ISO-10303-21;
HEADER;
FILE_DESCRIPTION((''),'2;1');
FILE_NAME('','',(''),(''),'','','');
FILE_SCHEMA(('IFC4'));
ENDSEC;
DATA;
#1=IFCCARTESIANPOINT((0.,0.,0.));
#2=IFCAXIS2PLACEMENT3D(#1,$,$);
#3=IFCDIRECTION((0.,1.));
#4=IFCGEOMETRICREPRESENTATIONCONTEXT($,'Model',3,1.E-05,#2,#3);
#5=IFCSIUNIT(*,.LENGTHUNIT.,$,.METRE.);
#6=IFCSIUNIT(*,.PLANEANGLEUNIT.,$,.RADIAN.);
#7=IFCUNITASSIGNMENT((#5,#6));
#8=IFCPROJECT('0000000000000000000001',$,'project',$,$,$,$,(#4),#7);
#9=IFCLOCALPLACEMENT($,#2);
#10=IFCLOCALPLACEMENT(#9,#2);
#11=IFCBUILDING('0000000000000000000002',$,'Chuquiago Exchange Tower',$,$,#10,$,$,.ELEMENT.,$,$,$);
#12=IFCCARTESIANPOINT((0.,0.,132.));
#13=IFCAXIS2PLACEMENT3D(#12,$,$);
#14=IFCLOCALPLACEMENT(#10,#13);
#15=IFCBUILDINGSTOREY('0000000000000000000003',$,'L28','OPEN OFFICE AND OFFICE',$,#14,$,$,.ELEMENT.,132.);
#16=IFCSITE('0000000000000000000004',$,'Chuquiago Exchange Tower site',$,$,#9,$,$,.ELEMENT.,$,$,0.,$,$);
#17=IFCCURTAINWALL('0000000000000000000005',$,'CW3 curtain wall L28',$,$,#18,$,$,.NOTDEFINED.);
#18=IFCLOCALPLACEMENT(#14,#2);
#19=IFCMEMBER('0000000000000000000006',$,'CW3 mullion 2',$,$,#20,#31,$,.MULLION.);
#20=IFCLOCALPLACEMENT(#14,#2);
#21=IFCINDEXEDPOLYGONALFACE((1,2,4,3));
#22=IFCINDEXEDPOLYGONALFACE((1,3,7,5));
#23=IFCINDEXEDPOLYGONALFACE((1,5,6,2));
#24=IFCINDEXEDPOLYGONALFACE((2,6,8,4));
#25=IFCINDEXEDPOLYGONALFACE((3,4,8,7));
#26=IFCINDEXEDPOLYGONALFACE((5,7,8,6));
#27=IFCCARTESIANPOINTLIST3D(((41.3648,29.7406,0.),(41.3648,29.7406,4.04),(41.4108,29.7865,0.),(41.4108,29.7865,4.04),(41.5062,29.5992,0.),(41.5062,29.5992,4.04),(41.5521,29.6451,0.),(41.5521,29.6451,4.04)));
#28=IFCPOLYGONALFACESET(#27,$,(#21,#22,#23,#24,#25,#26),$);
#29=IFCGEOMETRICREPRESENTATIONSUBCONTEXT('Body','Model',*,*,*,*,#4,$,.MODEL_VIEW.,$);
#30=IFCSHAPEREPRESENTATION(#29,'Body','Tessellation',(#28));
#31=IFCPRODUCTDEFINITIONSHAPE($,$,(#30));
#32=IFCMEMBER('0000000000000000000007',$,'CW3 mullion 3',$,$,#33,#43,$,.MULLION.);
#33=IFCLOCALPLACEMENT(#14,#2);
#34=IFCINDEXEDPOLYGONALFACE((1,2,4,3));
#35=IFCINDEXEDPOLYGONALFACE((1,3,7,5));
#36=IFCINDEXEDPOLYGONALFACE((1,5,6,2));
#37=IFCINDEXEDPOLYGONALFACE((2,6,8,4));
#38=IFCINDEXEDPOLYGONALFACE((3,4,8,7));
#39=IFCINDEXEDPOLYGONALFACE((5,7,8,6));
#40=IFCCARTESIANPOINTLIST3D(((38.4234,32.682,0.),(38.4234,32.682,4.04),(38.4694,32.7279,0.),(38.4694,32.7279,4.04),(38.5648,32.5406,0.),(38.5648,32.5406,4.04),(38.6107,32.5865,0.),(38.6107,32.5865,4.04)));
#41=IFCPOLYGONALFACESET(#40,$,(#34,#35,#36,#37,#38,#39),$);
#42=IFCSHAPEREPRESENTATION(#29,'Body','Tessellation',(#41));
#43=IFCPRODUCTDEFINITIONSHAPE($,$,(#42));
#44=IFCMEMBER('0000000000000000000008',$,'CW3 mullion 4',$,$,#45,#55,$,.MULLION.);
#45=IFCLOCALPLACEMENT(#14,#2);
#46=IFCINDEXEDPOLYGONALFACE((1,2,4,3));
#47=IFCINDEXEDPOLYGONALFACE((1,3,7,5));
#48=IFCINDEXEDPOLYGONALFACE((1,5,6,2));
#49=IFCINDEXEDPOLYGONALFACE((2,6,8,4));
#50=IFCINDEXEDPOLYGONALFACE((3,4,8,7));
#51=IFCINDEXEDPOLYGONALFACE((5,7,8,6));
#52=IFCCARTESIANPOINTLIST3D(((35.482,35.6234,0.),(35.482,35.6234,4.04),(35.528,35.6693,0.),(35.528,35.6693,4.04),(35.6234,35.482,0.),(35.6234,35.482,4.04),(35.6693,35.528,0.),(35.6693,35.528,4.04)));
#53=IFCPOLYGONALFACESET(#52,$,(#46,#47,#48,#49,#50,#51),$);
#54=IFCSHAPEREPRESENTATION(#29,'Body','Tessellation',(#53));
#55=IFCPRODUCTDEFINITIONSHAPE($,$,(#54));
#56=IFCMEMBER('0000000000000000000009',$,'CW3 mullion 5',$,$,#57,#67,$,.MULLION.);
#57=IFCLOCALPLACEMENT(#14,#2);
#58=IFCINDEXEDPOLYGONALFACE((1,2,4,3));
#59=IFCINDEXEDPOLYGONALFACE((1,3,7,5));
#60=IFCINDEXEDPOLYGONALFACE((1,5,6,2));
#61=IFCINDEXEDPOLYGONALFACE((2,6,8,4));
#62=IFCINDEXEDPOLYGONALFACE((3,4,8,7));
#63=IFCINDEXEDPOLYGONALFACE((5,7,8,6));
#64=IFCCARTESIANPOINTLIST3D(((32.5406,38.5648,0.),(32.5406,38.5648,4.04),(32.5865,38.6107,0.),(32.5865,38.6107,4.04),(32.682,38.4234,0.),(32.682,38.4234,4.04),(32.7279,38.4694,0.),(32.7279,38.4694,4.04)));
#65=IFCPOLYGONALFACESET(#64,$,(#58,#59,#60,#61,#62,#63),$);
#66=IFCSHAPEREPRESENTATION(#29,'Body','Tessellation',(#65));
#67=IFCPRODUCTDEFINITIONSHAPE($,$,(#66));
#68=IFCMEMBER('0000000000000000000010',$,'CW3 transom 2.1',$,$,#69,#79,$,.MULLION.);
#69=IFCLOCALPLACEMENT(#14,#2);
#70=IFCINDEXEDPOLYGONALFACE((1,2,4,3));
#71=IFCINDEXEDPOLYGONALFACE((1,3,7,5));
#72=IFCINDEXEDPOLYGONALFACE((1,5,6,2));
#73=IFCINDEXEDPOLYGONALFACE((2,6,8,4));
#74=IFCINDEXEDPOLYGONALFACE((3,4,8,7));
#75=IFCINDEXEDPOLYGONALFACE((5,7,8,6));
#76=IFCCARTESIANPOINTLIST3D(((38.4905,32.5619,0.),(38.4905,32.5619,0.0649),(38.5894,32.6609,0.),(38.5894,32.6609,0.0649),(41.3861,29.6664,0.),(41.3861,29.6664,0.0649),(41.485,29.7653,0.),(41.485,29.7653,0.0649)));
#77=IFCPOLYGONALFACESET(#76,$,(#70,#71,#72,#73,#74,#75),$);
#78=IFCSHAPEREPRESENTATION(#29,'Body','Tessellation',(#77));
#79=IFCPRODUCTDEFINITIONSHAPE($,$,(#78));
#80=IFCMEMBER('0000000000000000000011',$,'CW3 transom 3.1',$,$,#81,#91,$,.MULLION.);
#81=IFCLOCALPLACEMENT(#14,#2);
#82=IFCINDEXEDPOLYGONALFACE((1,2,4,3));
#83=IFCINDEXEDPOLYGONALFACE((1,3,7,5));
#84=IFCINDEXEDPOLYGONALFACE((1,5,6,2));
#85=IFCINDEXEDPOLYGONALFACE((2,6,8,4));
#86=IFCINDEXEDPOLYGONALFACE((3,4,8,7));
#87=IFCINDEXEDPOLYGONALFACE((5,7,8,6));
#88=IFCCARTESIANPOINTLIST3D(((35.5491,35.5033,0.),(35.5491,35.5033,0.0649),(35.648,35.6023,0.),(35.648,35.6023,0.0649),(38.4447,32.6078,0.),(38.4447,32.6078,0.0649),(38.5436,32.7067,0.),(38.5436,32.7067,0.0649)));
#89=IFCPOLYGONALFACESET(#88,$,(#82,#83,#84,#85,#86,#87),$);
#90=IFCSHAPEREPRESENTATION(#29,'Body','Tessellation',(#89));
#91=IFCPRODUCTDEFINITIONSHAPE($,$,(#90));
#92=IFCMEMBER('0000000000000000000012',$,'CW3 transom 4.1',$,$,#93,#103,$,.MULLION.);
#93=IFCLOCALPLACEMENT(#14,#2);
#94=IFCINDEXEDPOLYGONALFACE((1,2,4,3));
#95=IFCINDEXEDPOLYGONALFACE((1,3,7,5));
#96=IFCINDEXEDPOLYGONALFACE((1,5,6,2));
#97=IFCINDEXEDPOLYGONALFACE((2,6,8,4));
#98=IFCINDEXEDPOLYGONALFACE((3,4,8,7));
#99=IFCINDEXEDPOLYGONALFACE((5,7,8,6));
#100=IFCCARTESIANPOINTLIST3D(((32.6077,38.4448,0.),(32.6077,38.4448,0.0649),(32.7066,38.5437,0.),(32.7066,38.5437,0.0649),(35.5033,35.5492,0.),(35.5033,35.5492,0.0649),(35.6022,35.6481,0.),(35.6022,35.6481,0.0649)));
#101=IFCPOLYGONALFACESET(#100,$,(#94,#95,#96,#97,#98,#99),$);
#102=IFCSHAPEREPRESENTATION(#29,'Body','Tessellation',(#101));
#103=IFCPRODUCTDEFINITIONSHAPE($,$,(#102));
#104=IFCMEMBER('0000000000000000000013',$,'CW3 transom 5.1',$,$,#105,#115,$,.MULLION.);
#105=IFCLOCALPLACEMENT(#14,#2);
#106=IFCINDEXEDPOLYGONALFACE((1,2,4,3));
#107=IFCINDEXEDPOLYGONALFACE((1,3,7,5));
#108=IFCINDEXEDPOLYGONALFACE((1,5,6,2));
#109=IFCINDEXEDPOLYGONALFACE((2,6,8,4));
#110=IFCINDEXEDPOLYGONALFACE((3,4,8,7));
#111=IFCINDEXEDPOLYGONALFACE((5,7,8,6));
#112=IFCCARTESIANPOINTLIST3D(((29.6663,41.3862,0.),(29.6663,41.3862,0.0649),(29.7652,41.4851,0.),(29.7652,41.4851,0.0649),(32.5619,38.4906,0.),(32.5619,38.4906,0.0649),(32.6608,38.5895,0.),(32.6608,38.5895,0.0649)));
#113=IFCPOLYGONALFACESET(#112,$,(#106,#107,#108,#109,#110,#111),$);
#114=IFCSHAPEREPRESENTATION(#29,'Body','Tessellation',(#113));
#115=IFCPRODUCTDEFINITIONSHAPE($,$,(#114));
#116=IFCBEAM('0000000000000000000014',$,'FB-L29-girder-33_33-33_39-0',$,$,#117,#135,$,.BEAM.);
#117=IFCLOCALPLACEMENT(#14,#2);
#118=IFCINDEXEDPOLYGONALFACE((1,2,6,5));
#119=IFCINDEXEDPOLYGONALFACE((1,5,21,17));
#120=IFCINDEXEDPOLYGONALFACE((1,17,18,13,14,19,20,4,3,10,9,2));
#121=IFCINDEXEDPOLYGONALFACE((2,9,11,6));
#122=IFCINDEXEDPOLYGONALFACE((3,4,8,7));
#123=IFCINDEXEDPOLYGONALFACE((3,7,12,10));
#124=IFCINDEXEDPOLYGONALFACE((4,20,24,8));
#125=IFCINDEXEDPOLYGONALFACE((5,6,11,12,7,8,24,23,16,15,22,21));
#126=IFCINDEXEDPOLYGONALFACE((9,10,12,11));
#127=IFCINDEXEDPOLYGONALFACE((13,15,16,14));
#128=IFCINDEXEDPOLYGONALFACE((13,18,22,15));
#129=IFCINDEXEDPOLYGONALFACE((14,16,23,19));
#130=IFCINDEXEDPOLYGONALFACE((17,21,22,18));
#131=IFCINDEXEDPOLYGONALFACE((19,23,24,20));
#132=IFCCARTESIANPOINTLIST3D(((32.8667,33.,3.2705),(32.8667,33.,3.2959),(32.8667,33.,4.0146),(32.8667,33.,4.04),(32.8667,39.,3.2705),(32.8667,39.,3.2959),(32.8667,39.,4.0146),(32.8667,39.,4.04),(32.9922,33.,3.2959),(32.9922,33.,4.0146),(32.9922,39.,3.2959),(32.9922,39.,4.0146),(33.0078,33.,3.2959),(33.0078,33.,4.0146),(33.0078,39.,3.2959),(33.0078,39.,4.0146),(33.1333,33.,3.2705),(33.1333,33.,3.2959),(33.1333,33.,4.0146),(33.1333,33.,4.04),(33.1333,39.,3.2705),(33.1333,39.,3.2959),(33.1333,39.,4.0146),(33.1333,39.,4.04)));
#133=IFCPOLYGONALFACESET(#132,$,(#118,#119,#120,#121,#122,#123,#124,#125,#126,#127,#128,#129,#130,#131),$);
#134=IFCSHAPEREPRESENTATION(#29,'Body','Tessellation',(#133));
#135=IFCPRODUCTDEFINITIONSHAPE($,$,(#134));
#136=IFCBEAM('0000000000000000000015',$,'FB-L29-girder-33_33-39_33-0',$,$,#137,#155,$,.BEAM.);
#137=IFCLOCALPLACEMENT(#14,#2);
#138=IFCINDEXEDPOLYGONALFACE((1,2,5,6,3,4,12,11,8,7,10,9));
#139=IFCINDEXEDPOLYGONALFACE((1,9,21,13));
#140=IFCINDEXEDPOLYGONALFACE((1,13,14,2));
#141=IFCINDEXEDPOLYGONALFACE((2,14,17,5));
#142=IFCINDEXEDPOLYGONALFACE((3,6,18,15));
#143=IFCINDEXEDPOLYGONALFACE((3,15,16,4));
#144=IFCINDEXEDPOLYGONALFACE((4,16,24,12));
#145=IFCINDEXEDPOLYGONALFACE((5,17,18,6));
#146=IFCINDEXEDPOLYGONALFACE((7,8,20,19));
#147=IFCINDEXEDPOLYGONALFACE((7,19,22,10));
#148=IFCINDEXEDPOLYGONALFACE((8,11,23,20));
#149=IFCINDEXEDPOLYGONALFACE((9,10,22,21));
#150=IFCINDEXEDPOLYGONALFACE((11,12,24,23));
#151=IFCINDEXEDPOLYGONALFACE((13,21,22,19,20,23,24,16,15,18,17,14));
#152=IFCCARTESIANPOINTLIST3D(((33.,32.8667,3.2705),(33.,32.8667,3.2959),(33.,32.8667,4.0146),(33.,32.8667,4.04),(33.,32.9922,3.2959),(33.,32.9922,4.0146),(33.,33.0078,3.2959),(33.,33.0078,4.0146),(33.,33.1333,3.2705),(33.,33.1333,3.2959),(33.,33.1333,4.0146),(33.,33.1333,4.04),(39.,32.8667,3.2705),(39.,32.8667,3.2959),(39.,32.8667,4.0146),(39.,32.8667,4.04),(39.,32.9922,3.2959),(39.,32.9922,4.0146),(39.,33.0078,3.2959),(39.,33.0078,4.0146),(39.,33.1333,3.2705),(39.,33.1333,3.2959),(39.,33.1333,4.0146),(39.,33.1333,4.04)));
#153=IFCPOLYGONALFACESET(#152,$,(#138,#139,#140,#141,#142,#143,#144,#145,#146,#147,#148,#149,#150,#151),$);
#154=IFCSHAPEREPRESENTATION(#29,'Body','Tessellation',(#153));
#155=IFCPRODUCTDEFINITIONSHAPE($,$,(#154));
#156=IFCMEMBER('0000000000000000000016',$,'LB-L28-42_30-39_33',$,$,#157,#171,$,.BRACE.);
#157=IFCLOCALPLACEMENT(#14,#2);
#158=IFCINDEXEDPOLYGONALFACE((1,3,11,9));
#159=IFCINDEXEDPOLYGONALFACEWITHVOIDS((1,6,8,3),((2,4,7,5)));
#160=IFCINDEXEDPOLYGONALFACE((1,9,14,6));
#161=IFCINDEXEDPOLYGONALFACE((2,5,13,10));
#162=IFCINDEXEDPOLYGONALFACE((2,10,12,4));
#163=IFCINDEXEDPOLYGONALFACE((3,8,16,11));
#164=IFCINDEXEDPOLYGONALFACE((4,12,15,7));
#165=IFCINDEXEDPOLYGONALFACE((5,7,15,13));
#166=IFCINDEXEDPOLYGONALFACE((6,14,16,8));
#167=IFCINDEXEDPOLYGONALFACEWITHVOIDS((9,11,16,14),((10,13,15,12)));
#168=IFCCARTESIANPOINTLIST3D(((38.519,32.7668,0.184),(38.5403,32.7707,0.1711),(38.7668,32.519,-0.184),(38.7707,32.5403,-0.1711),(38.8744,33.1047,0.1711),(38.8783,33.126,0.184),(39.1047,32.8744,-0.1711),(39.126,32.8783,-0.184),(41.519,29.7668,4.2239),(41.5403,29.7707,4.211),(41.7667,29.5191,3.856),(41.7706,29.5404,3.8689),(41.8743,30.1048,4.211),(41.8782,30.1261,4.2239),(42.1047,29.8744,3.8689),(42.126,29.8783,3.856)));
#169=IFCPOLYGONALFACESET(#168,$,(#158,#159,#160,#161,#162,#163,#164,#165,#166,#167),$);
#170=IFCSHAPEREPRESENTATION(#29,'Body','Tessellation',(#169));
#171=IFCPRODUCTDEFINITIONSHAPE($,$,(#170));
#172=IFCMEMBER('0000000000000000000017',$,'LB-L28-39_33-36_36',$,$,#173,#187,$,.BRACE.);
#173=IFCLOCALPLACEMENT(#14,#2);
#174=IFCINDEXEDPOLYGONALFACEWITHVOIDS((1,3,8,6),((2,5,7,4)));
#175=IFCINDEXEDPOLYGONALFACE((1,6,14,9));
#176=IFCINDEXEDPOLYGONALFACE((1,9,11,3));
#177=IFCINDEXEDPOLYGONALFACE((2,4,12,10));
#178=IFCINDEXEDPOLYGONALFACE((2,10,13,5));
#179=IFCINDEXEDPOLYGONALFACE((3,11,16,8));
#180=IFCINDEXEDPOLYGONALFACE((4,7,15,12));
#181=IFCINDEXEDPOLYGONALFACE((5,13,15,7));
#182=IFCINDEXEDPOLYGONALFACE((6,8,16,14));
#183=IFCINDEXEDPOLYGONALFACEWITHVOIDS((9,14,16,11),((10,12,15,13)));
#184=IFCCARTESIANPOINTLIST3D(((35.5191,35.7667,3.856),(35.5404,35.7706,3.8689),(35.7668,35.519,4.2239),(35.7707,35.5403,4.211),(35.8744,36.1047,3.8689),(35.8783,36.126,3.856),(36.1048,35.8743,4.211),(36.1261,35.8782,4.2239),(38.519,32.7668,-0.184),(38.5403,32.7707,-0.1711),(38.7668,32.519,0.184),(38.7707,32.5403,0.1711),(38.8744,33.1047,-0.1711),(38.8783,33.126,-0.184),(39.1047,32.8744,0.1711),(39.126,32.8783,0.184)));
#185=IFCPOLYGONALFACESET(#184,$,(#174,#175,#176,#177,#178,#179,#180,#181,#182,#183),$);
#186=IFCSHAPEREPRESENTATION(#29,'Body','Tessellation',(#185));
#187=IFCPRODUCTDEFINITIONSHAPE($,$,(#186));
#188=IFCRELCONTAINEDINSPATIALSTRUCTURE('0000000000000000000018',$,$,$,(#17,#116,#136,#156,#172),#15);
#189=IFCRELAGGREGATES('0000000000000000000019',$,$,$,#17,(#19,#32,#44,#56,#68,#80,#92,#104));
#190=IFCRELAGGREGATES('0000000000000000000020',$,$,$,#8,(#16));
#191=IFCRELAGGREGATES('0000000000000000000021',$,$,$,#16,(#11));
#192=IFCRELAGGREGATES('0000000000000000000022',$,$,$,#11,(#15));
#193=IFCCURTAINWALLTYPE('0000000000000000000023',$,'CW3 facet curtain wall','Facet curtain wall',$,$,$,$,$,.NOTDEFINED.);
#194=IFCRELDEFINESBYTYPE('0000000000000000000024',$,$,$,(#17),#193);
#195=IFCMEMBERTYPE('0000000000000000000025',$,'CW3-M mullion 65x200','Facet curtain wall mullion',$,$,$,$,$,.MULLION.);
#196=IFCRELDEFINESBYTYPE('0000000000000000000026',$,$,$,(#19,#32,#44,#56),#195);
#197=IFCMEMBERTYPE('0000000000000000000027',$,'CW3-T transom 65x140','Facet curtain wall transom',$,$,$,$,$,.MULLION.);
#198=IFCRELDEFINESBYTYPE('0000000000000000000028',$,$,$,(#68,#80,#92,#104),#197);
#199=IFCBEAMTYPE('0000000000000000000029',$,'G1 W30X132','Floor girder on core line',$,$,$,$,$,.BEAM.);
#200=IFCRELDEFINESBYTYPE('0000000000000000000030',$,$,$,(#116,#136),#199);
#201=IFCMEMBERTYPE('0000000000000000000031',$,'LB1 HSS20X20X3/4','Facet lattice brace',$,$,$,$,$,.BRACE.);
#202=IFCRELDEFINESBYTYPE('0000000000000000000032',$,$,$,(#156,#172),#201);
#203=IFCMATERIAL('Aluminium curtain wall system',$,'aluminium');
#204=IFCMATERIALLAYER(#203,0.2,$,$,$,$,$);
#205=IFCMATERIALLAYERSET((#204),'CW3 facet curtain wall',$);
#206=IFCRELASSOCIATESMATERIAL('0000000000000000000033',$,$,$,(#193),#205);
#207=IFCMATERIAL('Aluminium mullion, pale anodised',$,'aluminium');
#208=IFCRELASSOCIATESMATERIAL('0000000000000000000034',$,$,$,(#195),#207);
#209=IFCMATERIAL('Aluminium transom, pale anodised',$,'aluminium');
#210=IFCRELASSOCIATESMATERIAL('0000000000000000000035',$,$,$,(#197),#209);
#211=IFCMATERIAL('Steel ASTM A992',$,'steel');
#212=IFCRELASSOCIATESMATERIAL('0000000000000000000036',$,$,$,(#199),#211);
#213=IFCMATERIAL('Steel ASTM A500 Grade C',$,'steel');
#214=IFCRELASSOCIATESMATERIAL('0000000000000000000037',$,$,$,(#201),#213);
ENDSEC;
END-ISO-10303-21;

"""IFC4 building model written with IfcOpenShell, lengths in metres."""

from ifc_helpers import new_model, si_unit, direction, frame, origin, origin_2d, place, context, subcontext, project, spatial, rectangle, hollow_rectangle, i_section, extrude, material, layer, layer_set, material_profile, profile_set, type_object, element, aggregate, save


model = new_model("IFC4")

# Units and contexts
model_context = context("Model", 3, precision=1e-05, world=origin(), true_north=direction((0.0, 1.0)))
body_context = subcontext(model_context, "Body", "Model", "MODEL_VIEW")
ifc_project = project(units=[si_unit("LENGTHUNIT", "METRE"), si_unit("PLANEANGLEUNIT", "RADIAN")], contexts=[model_context])

# Site, building, storey
site_placement = place(None, origin())
site = spatial("IfcSite", under=ifc_project, at=site_placement, Name="Chuquiago Exchange Tower site", CompositionType="ELEMENT", RefElevation=0.0)
building_placement = place(site_placement, origin())
building = spatial("IfcBuilding", under=site, at=building_placement, Name="Chuquiago Exchange Tower", CompositionType="ELEMENT")
storey_placement = place(building_placement, frame((0.0, 0.0, 132.0)))
storey = spatial("IfcBuildingStorey", under=building, at=storey_placement, Name="L28", Description="OPEN OFFICE AND OFFICE", CompositionType="ELEMENT", Elevation=132.0)

# Curtain wall, members
ifc_material_1 = material(Name="Aluminium curtain wall system", Category="aluminium")
ifc_layer_1 = layer(ifc_material_1, 0.2)
ifc_layer_set_1 = layer_set([ifc_layer_1], Name="CW3 facet curtain wall")
curtain_wall_type = type_object("IfcCurtainWallType", Name="CW3 facet curtain wall", Description="Facet curtain wall", PredefinedType="NOTDEFINED", material=ifc_layer_set_1)
curtain_wall_placement = place(storey_placement, origin())
curtain_wall = element("IfcCurtainWall", 1, at=curtain_wall_placement, inside=storey, type_object=curtain_wall_type, Name="CW3 curtain wall L28", PredefinedType="NOTDEFINED")
ifc_material_2 = material(Name="Aluminium mullion, pale anodised", Category="aluminium")
ifc_material_profile_1 = material_profile(ifc_material_2, rectangle(XDim=0.0649, YDim=0.2, at=origin_2d()), Name="AL 65x200")
ifc_profile_set_1 = profile_set([ifc_material_profile_1], Name="Aluminium mullion, pale anodised")
member_type_1 = type_object("IfcMemberType", Name="CW3-M mullion 65x200", Description="Facet curtain wall mullion", PredefinedType="MULLION", material=ifc_profile_set_1)
member_1_placement = place(storey_placement, frame((41.4585, 29.6929, 0.0), z_axis=(0.0, 0.0, 1.0), x_axis=(-0.707107, -0.707107, 0.0)))
member_1 = element("IfcMember", 2, at=member_1_placement, type_object=member_type_1, Name="CW3 mullion 2", PredefinedType="MULLION", context=body_context, shape_type="SweptSolid", body=[
    extrude(rectangle(XDim=0.0649, YDim=0.2, at=origin_2d()), origin(), (0.0, 0.0, 1.0), 4.04),
])
member_2_placement = place(storey_placement, frame((38.5171, 32.6343, 0.0), z_axis=(0.0, 0.0, 1.0), x_axis=(-0.707107, -0.707107, 0.0)))
member_2 = element("IfcMember", 3, at=member_2_placement, type_object=member_type_1, Name="CW3 mullion 3", PredefinedType="MULLION", context=body_context, shape_type="SweptSolid", body=[
    extrude(rectangle(XDim=0.0649, YDim=0.2, at=origin_2d()), origin(), (0.0, 0.0, 1.0), 4.04),
])
member_3_placement = place(storey_placement, frame((35.5757, 35.5757, 0.0), z_axis=(0.0, 0.0, 1.0), x_axis=(-0.707107, -0.707107, 0.0)))
member_3 = element("IfcMember", 4, at=member_3_placement, type_object=member_type_1, Name="CW3 mullion 4", PredefinedType="MULLION", context=body_context, shape_type="SweptSolid", body=[
    extrude(rectangle(XDim=0.0649, YDim=0.2, at=origin_2d()), origin(), (0.0, 0.0, 1.0), 4.04),
])
member_4_placement = place(storey_placement, frame((32.6343, 38.5171, 0.0), z_axis=(0.0, 0.0, 1.0), x_axis=(-0.707107, -0.707107, 0.0)))
member_4 = element("IfcMember", 5, at=member_4_placement, type_object=member_type_1, Name="CW3 mullion 5", PredefinedType="MULLION", context=body_context, shape_type="SweptSolid", body=[
    extrude(rectangle(XDim=0.0649, YDim=0.2, at=origin_2d()), origin(), (0.0, 0.0, 1.0), 4.04),
])
ifc_material_3 = material(Name="Aluminium transom, pale anodised", Category="aluminium")
ifc_material_profile_2 = material_profile(ifc_material_3, rectangle(XDim=0.1399, YDim=0.0649, at=origin_2d()), Name="AL 140x65")
ifc_profile_set_2 = profile_set([ifc_material_profile_2], Name="Aluminium transom, pale anodised")
member_type_2 = type_object("IfcMemberType", Name="CW3-T transom 65x140", Description="Facet curtain wall transom", PredefinedType="MULLION", material=ifc_profile_set_2)
member_5_placement = place(storey_placement, frame((41.4355, 29.7158, 0.0325), z_axis=(-0.707107, 0.707107, 0.0), x_axis=(-0.707107, -0.707107, 0.0)))
member_5 = element("IfcMember", 6, at=member_5_placement, type_object=member_type_2, Name="CW3 transom 2.1", PredefinedType="MULLION", context=body_context, shape_type="SweptSolid", body=[
    extrude(rectangle(XDim=0.1399, YDim=0.0649, at=origin_2d()), origin(), (0.0, 0.0, 1.0), 4.095),
])
member_6_placement = place(storey_placement, frame((38.4941, 32.6572, 0.0325), z_axis=(-0.707107, 0.707107, 0.0), x_axis=(-0.707107, -0.707107, 0.0)))
member_6 = element("IfcMember", 7, at=member_6_placement, type_object=member_type_2, Name="CW3 transom 3.1", PredefinedType="MULLION", context=body_context, shape_type="SweptSolid", body=[
    extrude(rectangle(XDim=0.1399, YDim=0.0649, at=origin_2d()), origin(), (0.0, 0.0, 1.0), 4.095),
])
member_7_placement = place(storey_placement, frame((35.5527, 35.5986, 0.0325), z_axis=(-0.707107, 0.707107, 0.0), x_axis=(-0.707107, -0.707107, 0.0)))
member_7 = element("IfcMember", 8, at=member_7_placement, type_object=member_type_2, Name="CW3 transom 4.1", PredefinedType="MULLION", context=body_context, shape_type="SweptSolid", body=[
    extrude(rectangle(XDim=0.1399, YDim=0.0649, at=origin_2d()), origin(), (0.0, 0.0, 1.0), 4.095),
])
member_8_placement = place(storey_placement, frame((32.6113, 38.54, 0.0325), z_axis=(-0.707107, 0.707107, 0.0), x_axis=(-0.707107, -0.707107, 0.0)))
member_8 = element("IfcMember", 9, at=member_8_placement, type_object=member_type_2, Name="CW3 transom 5.1", PredefinedType="MULLION", context=body_context, shape_type="SweptSolid", body=[
    extrude(rectangle(XDim=0.1399, YDim=0.0649, at=origin_2d()), origin(), (0.0, 0.0, 1.0), 4.095),
])

# Beams
ifc_material_4 = material(Name="Steel ASTM A992", Category="steel")
ifc_material_profile_3 = material_profile(ifc_material_4, i_section(OverallWidth=0.2666, OverallDepth=0.7695, WebThickness=0.0156, FlangeThickness=0.0254, at=origin_2d()), Name="W30X132")
ifc_profile_set_3 = profile_set([ifc_material_profile_3], Name="Steel ASTM A992")
beam_type_1 = type_object("IfcBeamType", Name="G1 W30X132", Description="Floor girder on core line", PredefinedType="BEAM", material=ifc_profile_set_3)
for number, where, z_axis, x_axis, name in (
    (10, (33.0, 33.0, 3.6553), (0.0, 1.0, 0.0), (-1.0, 0.0, 0.0), "FB-L29-girder-33_33-33_39-0"),
    (11, (33.0, 33.0, 3.6553), (1.0, 0.0, 0.0), (0.0, 1.0, 0.0), "FB-L29-girder-33_33-39_33-0"),
):
    element("IfcBeam", number, at=place(storey_placement, frame(where, z_axis=z_axis, x_axis=x_axis)), inside=storey, type_object=beam_type_1, Name=name, PredefinedType="BEAM", context=body_context, shape_type="SweptSolid", body=[
        extrude(i_section(OverallWidth=0.2666, OverallDepth=0.7695, WebThickness=0.0156, FlangeThickness=0.0254, at=origin_2d()), origin(), (0.0, 0.0, 1.0), 6.0),
    ])

# Members
ifc_material_5 = material(Name="Steel ASTM A500 Grade C", Category="steel")
ifc_material_profile_4 = material_profile(ifc_material_5, hollow_rectangle(XDim=0.5081, YDim=0.5081, WallThickness=0.0178, at=origin_2d()), Name="HSS20X20X3/4")
ifc_profile_set_4 = profile_set([ifc_material_profile_4], Name="Steel ASTM A500 Grade C")
member_type_3 = type_object("IfcMemberType", Name="LB1 HSS20X20X3/4", Description="Facet lattice brace", PredefinedType="BRACE", material=ifc_profile_set_4)
for number, where, z_axis, x_axis, name in (
    (12, (38.8225, 32.8225, 0.0), (0.512077, -0.512077, 0.689604), (0.707107, 0.707107, 0.0), "LB-L28-42_30-39_33"),
    (13, (38.8225, 32.8225, 0.0), (-0.512077, 0.512077, 0.689604), (-0.707107, -0.707107, 0.0), "LB-L28-39_33-36_36"),
):
    element("IfcMember", number, at=place(storey_placement, frame(where, z_axis=z_axis, x_axis=x_axis)), inside=storey, type_object=member_type_3, Name=name, PredefinedType="BRACE", context=body_context, shape_type="SweptSolid", body=[
        extrude(hollow_rectangle(XDim=0.5081, YDim=0.5081, WallThickness=0.0178, at=origin_2d()), origin(), (0.0, 0.0, 1.0), 5.8584),
    ])

aggregate(curtain_wall, [member_1, member_2, member_3, member_4, member_5, member_6, member_7, member_8])

save(model, "model.ifc")
